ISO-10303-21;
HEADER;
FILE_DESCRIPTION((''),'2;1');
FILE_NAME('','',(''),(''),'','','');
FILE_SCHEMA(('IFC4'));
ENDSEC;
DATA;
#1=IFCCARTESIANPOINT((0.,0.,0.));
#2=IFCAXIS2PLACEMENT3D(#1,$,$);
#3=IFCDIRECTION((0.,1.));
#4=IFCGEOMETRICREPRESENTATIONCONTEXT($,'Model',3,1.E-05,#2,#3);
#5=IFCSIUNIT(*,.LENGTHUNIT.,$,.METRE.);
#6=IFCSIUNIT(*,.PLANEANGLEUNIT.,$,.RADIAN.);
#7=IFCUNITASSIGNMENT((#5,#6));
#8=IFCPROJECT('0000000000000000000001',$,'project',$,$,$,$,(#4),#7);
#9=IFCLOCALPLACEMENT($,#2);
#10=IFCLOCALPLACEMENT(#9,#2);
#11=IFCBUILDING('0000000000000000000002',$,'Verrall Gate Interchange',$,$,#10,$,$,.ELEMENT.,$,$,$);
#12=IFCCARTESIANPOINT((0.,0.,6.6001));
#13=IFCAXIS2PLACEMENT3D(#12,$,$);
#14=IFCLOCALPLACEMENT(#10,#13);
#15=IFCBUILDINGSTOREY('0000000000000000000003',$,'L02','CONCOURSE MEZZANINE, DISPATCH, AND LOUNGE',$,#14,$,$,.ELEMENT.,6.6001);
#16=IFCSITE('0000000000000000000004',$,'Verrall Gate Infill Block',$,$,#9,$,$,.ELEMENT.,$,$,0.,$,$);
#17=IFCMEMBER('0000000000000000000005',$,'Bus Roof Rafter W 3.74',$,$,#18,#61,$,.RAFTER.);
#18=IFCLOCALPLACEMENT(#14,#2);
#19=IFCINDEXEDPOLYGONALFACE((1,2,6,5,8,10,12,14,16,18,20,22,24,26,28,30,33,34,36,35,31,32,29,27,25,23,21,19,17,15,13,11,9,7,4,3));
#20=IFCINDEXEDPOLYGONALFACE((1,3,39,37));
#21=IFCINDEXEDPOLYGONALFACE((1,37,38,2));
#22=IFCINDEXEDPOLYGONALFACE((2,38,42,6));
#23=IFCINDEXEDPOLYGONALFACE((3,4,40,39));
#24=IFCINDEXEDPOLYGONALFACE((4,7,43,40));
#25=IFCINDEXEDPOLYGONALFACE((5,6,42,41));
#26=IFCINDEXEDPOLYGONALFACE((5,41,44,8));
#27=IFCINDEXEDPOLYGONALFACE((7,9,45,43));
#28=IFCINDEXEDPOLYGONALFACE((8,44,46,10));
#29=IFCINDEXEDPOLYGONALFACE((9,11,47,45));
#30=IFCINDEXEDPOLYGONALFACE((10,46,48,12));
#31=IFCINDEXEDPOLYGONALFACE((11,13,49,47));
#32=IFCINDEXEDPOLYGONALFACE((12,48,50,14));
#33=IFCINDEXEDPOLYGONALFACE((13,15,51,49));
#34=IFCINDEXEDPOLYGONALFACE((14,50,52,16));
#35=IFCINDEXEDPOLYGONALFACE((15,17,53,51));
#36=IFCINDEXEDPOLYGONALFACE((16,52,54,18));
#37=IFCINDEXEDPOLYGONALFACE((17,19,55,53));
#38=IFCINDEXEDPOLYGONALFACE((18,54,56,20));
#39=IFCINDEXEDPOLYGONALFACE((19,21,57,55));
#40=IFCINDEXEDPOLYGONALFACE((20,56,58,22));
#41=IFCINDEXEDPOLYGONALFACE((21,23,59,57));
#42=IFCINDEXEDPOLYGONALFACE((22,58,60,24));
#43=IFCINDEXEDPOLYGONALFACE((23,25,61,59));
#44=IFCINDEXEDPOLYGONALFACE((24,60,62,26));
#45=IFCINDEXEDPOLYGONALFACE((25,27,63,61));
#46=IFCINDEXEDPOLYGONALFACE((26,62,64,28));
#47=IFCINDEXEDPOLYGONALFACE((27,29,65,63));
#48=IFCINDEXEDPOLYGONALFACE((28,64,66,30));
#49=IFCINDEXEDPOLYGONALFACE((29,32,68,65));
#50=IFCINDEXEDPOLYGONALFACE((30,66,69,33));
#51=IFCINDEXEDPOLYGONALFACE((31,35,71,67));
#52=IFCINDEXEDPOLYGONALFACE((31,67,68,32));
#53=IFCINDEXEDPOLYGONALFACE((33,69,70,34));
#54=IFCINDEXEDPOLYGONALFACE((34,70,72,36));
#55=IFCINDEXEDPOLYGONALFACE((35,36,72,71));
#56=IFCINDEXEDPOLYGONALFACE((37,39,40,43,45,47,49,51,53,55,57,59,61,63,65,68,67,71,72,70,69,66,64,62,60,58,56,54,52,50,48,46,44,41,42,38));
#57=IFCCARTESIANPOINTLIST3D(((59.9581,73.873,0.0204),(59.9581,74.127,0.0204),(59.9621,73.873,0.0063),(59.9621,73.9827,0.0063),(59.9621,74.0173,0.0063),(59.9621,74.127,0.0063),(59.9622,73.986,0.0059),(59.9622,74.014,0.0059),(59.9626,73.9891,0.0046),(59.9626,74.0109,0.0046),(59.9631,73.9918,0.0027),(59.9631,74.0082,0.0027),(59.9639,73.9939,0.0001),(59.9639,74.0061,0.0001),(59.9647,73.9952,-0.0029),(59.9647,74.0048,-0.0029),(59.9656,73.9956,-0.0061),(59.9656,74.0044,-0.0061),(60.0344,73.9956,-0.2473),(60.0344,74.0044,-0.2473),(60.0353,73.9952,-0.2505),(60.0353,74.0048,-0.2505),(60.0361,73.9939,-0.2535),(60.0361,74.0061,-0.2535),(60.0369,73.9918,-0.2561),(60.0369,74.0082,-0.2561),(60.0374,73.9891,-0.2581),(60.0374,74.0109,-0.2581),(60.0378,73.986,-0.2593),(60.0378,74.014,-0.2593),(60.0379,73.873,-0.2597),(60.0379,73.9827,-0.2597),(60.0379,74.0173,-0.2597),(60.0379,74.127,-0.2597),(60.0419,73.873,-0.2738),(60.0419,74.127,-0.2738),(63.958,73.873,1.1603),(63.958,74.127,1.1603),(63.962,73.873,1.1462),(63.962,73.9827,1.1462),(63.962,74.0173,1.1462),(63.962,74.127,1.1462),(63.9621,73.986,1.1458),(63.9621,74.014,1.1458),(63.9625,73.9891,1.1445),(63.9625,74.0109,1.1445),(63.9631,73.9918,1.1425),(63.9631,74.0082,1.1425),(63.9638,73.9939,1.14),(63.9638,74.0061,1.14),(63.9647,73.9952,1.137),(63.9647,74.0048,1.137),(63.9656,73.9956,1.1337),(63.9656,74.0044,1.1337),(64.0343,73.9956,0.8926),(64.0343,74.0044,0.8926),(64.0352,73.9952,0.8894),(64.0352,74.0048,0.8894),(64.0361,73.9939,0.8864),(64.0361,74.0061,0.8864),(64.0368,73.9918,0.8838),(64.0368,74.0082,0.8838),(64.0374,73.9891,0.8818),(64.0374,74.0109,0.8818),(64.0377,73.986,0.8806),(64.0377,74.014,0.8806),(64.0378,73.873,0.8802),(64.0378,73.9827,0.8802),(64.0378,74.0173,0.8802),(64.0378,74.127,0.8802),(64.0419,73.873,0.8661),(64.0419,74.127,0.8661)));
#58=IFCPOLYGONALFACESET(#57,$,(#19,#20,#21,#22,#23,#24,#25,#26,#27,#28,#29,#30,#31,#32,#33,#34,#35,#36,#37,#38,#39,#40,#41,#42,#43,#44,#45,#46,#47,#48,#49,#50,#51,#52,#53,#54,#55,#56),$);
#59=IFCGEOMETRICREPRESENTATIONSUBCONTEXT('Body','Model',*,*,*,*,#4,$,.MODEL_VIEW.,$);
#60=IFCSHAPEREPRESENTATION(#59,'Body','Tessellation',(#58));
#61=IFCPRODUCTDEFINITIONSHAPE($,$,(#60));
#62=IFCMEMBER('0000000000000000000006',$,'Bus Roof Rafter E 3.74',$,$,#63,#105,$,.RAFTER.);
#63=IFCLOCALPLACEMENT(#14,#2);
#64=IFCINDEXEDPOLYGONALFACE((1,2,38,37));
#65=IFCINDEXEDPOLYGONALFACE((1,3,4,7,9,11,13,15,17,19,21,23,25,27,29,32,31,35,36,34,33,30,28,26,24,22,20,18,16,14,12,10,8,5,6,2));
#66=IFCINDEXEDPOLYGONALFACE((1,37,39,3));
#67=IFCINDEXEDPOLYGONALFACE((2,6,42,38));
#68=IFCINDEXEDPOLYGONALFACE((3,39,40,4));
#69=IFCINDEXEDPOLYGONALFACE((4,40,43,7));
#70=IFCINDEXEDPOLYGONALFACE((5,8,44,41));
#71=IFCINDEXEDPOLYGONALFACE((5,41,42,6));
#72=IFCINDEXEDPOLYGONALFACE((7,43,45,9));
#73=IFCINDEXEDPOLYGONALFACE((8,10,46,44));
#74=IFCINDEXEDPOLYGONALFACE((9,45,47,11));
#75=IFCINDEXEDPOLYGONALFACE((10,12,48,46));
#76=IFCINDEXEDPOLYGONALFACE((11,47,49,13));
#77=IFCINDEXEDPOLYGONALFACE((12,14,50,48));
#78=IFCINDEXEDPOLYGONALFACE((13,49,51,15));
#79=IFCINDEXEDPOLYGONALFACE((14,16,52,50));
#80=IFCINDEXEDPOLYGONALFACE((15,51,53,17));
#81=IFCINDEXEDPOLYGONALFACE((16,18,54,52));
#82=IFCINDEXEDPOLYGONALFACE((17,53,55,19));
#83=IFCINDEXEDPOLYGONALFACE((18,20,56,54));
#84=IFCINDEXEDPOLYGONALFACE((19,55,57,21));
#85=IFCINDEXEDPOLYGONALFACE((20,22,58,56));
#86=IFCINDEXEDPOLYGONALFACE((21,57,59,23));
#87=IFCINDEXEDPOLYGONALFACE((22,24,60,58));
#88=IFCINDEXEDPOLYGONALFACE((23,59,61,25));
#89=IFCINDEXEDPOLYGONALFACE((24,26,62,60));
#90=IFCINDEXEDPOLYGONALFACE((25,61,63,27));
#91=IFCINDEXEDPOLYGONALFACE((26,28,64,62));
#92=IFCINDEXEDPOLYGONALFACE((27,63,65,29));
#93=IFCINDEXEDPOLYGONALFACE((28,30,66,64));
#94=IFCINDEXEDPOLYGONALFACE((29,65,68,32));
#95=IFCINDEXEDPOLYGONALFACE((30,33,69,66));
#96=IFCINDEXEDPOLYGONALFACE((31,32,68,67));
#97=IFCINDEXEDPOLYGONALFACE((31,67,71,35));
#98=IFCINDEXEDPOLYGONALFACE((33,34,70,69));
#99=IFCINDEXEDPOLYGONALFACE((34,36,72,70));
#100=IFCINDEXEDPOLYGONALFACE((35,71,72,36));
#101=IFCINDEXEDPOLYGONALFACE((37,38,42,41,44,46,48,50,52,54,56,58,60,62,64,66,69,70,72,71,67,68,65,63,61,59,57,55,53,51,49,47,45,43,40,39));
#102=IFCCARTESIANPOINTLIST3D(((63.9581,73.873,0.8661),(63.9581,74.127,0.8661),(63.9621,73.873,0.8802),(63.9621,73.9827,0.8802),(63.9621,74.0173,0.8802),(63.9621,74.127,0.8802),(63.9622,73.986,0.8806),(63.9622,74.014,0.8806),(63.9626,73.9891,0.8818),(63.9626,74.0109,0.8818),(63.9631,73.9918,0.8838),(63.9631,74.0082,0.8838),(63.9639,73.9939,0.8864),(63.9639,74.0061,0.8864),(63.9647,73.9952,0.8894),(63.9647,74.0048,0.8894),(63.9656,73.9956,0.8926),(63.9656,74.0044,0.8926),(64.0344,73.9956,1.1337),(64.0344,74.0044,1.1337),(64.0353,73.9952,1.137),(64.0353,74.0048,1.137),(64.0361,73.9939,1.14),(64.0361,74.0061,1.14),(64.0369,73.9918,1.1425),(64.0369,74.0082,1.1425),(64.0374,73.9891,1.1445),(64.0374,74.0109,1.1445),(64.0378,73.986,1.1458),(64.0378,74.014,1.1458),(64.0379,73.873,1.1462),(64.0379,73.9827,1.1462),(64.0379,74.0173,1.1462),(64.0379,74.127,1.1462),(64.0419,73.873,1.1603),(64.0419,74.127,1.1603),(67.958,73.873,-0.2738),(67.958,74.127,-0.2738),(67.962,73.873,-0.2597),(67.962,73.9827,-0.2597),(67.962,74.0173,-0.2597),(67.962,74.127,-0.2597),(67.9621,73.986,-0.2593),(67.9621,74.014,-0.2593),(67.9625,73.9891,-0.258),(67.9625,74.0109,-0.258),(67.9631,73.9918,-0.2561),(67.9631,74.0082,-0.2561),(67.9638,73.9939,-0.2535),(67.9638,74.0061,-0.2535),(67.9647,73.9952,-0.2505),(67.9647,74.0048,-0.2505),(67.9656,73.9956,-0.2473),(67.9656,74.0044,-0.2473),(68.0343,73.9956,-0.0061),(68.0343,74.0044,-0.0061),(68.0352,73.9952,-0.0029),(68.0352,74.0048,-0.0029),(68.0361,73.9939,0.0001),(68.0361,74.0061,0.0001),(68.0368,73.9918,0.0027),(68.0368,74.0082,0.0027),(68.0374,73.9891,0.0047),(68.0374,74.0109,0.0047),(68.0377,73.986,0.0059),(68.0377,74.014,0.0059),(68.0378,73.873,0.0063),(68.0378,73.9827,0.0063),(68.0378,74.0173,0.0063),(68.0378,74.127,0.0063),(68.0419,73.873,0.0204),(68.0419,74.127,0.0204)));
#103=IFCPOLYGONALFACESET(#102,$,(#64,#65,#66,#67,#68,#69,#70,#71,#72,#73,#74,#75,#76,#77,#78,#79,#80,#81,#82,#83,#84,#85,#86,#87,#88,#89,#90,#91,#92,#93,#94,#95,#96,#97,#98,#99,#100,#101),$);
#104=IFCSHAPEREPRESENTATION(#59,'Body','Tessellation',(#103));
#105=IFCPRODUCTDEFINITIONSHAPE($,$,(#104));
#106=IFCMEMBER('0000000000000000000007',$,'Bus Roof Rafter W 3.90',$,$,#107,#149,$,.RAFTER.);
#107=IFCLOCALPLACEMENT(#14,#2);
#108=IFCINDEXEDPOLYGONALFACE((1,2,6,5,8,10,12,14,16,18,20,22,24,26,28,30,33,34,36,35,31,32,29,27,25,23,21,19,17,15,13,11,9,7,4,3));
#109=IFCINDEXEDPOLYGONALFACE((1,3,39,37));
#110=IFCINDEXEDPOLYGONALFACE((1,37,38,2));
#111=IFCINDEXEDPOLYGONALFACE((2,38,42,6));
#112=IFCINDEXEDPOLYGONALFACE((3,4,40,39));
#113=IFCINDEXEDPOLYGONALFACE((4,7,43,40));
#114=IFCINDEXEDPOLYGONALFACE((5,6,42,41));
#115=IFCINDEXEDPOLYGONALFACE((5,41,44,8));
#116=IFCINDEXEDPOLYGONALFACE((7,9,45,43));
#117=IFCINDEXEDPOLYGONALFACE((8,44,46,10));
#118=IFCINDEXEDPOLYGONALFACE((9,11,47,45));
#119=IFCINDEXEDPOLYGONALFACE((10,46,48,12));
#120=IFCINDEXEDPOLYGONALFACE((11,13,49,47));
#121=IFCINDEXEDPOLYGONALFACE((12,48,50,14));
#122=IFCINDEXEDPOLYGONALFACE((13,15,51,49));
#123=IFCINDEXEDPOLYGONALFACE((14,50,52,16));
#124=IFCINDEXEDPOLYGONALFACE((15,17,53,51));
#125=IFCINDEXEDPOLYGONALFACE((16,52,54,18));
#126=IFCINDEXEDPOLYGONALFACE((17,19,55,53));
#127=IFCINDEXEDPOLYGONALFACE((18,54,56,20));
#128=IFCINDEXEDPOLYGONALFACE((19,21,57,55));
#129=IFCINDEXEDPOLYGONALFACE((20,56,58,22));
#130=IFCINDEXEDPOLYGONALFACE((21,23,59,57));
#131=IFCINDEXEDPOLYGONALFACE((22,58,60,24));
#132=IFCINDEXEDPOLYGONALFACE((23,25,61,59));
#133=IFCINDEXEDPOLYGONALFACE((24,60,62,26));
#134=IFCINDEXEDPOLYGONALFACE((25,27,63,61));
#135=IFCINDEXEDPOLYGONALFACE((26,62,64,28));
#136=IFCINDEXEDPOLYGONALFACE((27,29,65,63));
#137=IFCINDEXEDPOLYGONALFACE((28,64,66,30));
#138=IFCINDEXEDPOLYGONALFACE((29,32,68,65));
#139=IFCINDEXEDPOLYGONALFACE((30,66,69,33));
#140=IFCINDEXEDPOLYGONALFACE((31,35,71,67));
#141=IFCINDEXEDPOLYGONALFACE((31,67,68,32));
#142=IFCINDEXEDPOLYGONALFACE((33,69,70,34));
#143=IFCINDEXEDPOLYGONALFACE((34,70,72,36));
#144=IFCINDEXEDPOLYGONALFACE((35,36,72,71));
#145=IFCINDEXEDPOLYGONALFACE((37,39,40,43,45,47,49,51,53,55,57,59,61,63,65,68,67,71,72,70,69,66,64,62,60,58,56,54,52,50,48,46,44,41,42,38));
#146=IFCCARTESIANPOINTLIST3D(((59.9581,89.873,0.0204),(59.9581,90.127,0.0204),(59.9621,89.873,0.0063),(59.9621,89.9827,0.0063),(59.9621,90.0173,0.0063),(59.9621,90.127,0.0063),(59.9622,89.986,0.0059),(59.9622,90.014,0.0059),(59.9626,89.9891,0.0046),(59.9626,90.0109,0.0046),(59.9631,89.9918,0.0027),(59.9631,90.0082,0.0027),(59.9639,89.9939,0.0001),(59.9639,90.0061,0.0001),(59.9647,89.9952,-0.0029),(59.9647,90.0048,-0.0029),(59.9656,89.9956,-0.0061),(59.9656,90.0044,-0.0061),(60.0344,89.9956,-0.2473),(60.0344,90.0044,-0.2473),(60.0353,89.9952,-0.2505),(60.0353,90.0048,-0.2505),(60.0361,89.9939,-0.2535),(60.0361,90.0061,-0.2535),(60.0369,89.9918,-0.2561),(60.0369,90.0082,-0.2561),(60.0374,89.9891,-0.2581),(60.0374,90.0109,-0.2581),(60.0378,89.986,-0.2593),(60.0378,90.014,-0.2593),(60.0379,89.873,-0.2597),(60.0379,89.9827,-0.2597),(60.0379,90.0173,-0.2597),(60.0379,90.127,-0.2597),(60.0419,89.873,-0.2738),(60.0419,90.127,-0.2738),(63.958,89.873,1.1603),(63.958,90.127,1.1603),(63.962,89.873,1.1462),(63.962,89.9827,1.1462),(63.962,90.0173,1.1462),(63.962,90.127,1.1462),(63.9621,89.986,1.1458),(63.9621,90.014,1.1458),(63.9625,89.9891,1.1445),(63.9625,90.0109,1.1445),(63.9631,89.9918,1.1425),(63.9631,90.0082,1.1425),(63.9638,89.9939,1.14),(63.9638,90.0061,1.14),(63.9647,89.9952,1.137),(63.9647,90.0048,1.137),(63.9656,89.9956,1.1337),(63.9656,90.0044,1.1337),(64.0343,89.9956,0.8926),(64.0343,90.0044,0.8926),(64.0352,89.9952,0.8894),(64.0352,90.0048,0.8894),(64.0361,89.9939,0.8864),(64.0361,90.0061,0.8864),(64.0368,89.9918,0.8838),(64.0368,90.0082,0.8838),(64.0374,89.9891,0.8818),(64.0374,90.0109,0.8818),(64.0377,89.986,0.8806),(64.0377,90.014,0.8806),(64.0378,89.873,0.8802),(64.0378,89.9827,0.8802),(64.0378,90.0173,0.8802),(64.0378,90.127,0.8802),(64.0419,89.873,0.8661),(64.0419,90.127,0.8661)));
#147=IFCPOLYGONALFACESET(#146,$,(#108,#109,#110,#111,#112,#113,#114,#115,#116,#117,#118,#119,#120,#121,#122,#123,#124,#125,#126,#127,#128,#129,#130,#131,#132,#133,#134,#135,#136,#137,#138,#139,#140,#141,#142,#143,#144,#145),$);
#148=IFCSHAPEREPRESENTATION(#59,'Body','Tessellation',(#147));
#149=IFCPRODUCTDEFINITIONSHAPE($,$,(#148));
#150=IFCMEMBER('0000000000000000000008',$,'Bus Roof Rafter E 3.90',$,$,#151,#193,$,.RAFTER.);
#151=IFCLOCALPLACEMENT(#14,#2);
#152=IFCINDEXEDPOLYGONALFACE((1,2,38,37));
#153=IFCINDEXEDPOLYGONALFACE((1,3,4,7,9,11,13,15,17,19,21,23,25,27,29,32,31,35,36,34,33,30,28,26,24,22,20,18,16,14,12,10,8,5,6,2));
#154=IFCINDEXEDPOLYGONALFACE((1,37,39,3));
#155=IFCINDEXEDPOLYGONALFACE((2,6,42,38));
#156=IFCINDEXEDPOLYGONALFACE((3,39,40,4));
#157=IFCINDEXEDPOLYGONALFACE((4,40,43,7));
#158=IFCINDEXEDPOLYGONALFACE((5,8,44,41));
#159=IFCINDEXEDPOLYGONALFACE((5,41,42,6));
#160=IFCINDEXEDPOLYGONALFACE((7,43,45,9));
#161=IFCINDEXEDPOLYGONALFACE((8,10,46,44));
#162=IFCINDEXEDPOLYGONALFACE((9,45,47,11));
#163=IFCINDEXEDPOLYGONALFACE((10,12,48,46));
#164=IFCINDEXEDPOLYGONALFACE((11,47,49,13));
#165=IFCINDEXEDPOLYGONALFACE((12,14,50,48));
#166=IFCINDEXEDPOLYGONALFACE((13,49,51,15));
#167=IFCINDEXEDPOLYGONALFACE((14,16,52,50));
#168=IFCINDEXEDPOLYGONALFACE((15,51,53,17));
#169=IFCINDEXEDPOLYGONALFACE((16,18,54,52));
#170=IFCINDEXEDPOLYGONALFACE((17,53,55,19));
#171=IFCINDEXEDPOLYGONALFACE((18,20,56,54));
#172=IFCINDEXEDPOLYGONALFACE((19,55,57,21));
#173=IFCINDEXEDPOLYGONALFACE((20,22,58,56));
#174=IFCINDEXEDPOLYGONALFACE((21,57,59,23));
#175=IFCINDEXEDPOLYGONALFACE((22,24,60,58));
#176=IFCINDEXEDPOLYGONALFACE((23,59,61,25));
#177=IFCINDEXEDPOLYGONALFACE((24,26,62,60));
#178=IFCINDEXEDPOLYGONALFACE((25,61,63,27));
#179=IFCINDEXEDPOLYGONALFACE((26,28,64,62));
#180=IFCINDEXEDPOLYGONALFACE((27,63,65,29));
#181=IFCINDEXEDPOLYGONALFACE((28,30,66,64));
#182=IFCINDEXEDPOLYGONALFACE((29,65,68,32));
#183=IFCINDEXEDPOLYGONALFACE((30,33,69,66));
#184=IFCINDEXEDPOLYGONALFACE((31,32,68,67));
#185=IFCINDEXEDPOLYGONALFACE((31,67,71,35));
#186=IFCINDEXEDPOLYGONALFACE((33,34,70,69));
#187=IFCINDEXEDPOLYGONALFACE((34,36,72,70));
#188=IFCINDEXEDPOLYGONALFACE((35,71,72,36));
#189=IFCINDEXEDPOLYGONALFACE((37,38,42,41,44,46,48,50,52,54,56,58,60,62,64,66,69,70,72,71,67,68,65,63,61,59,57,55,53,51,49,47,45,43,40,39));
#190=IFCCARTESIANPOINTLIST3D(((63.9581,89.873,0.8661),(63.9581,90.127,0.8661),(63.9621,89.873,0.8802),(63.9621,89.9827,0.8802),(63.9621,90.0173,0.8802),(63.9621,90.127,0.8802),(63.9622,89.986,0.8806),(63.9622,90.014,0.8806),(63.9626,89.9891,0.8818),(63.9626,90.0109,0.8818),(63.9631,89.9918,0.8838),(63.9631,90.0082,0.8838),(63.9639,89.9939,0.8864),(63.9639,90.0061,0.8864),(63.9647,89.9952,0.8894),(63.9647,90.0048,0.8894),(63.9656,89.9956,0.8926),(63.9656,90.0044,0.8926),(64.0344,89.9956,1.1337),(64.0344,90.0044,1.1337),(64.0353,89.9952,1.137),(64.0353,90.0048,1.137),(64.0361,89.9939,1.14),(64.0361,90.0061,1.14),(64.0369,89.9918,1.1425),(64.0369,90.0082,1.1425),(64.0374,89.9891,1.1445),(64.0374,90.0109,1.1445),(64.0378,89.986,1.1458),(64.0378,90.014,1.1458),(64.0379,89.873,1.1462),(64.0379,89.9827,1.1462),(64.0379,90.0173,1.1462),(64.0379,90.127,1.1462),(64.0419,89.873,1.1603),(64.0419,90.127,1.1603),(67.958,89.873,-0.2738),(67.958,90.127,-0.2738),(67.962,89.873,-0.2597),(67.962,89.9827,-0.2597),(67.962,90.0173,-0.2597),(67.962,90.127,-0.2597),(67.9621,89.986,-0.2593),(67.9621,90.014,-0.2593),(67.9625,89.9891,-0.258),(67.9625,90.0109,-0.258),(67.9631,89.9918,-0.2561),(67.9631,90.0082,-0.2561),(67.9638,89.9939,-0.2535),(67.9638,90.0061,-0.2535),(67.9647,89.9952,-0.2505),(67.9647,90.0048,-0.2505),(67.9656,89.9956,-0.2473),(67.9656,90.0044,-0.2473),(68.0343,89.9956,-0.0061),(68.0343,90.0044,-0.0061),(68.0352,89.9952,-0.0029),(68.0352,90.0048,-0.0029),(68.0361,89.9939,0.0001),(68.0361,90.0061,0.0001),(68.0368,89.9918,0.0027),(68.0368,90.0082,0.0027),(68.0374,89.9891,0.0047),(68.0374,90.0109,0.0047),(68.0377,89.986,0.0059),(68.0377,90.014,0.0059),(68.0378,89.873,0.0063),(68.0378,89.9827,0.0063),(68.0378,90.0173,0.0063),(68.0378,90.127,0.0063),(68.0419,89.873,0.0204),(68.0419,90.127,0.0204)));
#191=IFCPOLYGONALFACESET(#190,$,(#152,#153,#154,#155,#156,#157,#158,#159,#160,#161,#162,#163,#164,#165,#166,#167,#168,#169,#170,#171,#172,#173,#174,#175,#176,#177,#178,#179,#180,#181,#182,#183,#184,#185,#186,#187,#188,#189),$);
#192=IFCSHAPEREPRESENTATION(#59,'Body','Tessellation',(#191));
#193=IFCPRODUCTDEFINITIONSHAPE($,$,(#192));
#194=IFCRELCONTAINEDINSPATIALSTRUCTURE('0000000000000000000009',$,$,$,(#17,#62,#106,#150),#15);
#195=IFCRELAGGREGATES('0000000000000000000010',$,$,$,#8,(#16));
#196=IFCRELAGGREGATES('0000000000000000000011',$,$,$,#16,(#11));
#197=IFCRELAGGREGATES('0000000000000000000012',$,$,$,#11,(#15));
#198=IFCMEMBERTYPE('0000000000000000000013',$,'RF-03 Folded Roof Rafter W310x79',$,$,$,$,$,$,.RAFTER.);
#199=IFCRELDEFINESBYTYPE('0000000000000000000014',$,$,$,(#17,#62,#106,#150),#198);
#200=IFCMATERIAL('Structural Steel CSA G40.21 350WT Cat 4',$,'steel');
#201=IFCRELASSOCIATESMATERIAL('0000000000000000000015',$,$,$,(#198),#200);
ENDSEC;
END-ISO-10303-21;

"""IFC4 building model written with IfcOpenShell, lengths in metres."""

from ifc_helpers import new_model, si_unit, direction, frame, origin, origin_2d, place, context, subcontext, project, spatial, i_section, extrude, material, material_profile, profile_set, type_object, element, save


model = new_model("IFC4")

# Units and contexts
model_context = context("Model", 3, precision=1e-05, world=origin(), true_north=direction((0.0, 1.0)))
body_context = subcontext(model_context, "Body", "Model", "MODEL_VIEW")
ifc_project = project(units=[si_unit("LENGTHUNIT", "METRE"), si_unit("PLANEANGLEUNIT", "RADIAN")], contexts=[model_context])

# Site, building, storey
site_placement = place(None, origin())
site = spatial("IfcSite", under=ifc_project, at=site_placement, Name="Verrall Gate Infill Block", CompositionType="ELEMENT", RefElevation=0.0)
building_placement = place(site_placement, origin())
building = spatial("IfcBuilding", under=site, at=building_placement, Name="Verrall Gate Interchange", CompositionType="ELEMENT")
storey_placement = place(building_placement, frame((0.0, 0.0, 6.6001)))
storey = spatial("IfcBuildingStorey", under=building, at=storey_placement, Name="L02", Description="CONCOURSE MEZZANINE, DISPATCH, AND LOUNGE", CompositionType="ELEMENT", Elevation=6.6001)

# Members
ifc_material_1 = material(Name="Structural Steel CSA G40.21 350WT Cat 4", Category="steel")
ifc_material_profile_1 = material_profile(ifc_material_1, i_section(OverallWidth=0.2539, OverallDepth=0.3059, WebThickness=0.0088, FlangeThickness=0.0146, FilletRadius=0.0129, at=origin_2d()), Name="W310x79")
ifc_profile_set_1 = profile_set([ifc_material_profile_1], Name="Structural Steel CSA G40.21 350WT Cat 4")
member_type_1 = type_object("IfcMemberType", Name="RF-03 Folded Roof Rafter W310x79", PredefinedType="RAFTER", material=ifc_profile_set_1)
for number, where, z_axis, x_axis, name in (
    (1, (60.0, 74.0, -0.1267), (0.961712, 0.0, 0.274062), (0.0, 1.0, 0.0), "Bus Roof Rafter W 3.74"),
    (2, (64.0, 74.0, 1.0132), (0.961712, 0.0, -0.274062), (0.0, 1.0, 0.0), "Bus Roof Rafter E 3.74"),
    (3, (60.0, 90.0, -0.1267), (0.961712, 0.0, 0.274062), (0.0, 1.0, 0.0), "Bus Roof Rafter W 3.90"),
    (4, (64.0, 90.0, 1.0132), (0.961712, 0.0, -0.274062), (0.0, 1.0, 0.0), "Bus Roof Rafter E 3.90"),
):
    element("IfcMember", number, at=place(storey_placement, frame(where, z_axis=z_axis, x_axis=x_axis)), inside=storey, type_object=member_type_1, Name=name, PredefinedType="RAFTER", context=body_context, shape_type="SweptSolid", body=[
        extrude(i_section(OverallWidth=0.2539, OverallDepth=0.3059, WebThickness=0.0088, FlangeThickness=0.0146, FilletRadius=0.0129, at=origin_2d()), origin(), (0.0, 0.0, 1.0), 4.1592),
    ])

save(model, "model.ifc")
